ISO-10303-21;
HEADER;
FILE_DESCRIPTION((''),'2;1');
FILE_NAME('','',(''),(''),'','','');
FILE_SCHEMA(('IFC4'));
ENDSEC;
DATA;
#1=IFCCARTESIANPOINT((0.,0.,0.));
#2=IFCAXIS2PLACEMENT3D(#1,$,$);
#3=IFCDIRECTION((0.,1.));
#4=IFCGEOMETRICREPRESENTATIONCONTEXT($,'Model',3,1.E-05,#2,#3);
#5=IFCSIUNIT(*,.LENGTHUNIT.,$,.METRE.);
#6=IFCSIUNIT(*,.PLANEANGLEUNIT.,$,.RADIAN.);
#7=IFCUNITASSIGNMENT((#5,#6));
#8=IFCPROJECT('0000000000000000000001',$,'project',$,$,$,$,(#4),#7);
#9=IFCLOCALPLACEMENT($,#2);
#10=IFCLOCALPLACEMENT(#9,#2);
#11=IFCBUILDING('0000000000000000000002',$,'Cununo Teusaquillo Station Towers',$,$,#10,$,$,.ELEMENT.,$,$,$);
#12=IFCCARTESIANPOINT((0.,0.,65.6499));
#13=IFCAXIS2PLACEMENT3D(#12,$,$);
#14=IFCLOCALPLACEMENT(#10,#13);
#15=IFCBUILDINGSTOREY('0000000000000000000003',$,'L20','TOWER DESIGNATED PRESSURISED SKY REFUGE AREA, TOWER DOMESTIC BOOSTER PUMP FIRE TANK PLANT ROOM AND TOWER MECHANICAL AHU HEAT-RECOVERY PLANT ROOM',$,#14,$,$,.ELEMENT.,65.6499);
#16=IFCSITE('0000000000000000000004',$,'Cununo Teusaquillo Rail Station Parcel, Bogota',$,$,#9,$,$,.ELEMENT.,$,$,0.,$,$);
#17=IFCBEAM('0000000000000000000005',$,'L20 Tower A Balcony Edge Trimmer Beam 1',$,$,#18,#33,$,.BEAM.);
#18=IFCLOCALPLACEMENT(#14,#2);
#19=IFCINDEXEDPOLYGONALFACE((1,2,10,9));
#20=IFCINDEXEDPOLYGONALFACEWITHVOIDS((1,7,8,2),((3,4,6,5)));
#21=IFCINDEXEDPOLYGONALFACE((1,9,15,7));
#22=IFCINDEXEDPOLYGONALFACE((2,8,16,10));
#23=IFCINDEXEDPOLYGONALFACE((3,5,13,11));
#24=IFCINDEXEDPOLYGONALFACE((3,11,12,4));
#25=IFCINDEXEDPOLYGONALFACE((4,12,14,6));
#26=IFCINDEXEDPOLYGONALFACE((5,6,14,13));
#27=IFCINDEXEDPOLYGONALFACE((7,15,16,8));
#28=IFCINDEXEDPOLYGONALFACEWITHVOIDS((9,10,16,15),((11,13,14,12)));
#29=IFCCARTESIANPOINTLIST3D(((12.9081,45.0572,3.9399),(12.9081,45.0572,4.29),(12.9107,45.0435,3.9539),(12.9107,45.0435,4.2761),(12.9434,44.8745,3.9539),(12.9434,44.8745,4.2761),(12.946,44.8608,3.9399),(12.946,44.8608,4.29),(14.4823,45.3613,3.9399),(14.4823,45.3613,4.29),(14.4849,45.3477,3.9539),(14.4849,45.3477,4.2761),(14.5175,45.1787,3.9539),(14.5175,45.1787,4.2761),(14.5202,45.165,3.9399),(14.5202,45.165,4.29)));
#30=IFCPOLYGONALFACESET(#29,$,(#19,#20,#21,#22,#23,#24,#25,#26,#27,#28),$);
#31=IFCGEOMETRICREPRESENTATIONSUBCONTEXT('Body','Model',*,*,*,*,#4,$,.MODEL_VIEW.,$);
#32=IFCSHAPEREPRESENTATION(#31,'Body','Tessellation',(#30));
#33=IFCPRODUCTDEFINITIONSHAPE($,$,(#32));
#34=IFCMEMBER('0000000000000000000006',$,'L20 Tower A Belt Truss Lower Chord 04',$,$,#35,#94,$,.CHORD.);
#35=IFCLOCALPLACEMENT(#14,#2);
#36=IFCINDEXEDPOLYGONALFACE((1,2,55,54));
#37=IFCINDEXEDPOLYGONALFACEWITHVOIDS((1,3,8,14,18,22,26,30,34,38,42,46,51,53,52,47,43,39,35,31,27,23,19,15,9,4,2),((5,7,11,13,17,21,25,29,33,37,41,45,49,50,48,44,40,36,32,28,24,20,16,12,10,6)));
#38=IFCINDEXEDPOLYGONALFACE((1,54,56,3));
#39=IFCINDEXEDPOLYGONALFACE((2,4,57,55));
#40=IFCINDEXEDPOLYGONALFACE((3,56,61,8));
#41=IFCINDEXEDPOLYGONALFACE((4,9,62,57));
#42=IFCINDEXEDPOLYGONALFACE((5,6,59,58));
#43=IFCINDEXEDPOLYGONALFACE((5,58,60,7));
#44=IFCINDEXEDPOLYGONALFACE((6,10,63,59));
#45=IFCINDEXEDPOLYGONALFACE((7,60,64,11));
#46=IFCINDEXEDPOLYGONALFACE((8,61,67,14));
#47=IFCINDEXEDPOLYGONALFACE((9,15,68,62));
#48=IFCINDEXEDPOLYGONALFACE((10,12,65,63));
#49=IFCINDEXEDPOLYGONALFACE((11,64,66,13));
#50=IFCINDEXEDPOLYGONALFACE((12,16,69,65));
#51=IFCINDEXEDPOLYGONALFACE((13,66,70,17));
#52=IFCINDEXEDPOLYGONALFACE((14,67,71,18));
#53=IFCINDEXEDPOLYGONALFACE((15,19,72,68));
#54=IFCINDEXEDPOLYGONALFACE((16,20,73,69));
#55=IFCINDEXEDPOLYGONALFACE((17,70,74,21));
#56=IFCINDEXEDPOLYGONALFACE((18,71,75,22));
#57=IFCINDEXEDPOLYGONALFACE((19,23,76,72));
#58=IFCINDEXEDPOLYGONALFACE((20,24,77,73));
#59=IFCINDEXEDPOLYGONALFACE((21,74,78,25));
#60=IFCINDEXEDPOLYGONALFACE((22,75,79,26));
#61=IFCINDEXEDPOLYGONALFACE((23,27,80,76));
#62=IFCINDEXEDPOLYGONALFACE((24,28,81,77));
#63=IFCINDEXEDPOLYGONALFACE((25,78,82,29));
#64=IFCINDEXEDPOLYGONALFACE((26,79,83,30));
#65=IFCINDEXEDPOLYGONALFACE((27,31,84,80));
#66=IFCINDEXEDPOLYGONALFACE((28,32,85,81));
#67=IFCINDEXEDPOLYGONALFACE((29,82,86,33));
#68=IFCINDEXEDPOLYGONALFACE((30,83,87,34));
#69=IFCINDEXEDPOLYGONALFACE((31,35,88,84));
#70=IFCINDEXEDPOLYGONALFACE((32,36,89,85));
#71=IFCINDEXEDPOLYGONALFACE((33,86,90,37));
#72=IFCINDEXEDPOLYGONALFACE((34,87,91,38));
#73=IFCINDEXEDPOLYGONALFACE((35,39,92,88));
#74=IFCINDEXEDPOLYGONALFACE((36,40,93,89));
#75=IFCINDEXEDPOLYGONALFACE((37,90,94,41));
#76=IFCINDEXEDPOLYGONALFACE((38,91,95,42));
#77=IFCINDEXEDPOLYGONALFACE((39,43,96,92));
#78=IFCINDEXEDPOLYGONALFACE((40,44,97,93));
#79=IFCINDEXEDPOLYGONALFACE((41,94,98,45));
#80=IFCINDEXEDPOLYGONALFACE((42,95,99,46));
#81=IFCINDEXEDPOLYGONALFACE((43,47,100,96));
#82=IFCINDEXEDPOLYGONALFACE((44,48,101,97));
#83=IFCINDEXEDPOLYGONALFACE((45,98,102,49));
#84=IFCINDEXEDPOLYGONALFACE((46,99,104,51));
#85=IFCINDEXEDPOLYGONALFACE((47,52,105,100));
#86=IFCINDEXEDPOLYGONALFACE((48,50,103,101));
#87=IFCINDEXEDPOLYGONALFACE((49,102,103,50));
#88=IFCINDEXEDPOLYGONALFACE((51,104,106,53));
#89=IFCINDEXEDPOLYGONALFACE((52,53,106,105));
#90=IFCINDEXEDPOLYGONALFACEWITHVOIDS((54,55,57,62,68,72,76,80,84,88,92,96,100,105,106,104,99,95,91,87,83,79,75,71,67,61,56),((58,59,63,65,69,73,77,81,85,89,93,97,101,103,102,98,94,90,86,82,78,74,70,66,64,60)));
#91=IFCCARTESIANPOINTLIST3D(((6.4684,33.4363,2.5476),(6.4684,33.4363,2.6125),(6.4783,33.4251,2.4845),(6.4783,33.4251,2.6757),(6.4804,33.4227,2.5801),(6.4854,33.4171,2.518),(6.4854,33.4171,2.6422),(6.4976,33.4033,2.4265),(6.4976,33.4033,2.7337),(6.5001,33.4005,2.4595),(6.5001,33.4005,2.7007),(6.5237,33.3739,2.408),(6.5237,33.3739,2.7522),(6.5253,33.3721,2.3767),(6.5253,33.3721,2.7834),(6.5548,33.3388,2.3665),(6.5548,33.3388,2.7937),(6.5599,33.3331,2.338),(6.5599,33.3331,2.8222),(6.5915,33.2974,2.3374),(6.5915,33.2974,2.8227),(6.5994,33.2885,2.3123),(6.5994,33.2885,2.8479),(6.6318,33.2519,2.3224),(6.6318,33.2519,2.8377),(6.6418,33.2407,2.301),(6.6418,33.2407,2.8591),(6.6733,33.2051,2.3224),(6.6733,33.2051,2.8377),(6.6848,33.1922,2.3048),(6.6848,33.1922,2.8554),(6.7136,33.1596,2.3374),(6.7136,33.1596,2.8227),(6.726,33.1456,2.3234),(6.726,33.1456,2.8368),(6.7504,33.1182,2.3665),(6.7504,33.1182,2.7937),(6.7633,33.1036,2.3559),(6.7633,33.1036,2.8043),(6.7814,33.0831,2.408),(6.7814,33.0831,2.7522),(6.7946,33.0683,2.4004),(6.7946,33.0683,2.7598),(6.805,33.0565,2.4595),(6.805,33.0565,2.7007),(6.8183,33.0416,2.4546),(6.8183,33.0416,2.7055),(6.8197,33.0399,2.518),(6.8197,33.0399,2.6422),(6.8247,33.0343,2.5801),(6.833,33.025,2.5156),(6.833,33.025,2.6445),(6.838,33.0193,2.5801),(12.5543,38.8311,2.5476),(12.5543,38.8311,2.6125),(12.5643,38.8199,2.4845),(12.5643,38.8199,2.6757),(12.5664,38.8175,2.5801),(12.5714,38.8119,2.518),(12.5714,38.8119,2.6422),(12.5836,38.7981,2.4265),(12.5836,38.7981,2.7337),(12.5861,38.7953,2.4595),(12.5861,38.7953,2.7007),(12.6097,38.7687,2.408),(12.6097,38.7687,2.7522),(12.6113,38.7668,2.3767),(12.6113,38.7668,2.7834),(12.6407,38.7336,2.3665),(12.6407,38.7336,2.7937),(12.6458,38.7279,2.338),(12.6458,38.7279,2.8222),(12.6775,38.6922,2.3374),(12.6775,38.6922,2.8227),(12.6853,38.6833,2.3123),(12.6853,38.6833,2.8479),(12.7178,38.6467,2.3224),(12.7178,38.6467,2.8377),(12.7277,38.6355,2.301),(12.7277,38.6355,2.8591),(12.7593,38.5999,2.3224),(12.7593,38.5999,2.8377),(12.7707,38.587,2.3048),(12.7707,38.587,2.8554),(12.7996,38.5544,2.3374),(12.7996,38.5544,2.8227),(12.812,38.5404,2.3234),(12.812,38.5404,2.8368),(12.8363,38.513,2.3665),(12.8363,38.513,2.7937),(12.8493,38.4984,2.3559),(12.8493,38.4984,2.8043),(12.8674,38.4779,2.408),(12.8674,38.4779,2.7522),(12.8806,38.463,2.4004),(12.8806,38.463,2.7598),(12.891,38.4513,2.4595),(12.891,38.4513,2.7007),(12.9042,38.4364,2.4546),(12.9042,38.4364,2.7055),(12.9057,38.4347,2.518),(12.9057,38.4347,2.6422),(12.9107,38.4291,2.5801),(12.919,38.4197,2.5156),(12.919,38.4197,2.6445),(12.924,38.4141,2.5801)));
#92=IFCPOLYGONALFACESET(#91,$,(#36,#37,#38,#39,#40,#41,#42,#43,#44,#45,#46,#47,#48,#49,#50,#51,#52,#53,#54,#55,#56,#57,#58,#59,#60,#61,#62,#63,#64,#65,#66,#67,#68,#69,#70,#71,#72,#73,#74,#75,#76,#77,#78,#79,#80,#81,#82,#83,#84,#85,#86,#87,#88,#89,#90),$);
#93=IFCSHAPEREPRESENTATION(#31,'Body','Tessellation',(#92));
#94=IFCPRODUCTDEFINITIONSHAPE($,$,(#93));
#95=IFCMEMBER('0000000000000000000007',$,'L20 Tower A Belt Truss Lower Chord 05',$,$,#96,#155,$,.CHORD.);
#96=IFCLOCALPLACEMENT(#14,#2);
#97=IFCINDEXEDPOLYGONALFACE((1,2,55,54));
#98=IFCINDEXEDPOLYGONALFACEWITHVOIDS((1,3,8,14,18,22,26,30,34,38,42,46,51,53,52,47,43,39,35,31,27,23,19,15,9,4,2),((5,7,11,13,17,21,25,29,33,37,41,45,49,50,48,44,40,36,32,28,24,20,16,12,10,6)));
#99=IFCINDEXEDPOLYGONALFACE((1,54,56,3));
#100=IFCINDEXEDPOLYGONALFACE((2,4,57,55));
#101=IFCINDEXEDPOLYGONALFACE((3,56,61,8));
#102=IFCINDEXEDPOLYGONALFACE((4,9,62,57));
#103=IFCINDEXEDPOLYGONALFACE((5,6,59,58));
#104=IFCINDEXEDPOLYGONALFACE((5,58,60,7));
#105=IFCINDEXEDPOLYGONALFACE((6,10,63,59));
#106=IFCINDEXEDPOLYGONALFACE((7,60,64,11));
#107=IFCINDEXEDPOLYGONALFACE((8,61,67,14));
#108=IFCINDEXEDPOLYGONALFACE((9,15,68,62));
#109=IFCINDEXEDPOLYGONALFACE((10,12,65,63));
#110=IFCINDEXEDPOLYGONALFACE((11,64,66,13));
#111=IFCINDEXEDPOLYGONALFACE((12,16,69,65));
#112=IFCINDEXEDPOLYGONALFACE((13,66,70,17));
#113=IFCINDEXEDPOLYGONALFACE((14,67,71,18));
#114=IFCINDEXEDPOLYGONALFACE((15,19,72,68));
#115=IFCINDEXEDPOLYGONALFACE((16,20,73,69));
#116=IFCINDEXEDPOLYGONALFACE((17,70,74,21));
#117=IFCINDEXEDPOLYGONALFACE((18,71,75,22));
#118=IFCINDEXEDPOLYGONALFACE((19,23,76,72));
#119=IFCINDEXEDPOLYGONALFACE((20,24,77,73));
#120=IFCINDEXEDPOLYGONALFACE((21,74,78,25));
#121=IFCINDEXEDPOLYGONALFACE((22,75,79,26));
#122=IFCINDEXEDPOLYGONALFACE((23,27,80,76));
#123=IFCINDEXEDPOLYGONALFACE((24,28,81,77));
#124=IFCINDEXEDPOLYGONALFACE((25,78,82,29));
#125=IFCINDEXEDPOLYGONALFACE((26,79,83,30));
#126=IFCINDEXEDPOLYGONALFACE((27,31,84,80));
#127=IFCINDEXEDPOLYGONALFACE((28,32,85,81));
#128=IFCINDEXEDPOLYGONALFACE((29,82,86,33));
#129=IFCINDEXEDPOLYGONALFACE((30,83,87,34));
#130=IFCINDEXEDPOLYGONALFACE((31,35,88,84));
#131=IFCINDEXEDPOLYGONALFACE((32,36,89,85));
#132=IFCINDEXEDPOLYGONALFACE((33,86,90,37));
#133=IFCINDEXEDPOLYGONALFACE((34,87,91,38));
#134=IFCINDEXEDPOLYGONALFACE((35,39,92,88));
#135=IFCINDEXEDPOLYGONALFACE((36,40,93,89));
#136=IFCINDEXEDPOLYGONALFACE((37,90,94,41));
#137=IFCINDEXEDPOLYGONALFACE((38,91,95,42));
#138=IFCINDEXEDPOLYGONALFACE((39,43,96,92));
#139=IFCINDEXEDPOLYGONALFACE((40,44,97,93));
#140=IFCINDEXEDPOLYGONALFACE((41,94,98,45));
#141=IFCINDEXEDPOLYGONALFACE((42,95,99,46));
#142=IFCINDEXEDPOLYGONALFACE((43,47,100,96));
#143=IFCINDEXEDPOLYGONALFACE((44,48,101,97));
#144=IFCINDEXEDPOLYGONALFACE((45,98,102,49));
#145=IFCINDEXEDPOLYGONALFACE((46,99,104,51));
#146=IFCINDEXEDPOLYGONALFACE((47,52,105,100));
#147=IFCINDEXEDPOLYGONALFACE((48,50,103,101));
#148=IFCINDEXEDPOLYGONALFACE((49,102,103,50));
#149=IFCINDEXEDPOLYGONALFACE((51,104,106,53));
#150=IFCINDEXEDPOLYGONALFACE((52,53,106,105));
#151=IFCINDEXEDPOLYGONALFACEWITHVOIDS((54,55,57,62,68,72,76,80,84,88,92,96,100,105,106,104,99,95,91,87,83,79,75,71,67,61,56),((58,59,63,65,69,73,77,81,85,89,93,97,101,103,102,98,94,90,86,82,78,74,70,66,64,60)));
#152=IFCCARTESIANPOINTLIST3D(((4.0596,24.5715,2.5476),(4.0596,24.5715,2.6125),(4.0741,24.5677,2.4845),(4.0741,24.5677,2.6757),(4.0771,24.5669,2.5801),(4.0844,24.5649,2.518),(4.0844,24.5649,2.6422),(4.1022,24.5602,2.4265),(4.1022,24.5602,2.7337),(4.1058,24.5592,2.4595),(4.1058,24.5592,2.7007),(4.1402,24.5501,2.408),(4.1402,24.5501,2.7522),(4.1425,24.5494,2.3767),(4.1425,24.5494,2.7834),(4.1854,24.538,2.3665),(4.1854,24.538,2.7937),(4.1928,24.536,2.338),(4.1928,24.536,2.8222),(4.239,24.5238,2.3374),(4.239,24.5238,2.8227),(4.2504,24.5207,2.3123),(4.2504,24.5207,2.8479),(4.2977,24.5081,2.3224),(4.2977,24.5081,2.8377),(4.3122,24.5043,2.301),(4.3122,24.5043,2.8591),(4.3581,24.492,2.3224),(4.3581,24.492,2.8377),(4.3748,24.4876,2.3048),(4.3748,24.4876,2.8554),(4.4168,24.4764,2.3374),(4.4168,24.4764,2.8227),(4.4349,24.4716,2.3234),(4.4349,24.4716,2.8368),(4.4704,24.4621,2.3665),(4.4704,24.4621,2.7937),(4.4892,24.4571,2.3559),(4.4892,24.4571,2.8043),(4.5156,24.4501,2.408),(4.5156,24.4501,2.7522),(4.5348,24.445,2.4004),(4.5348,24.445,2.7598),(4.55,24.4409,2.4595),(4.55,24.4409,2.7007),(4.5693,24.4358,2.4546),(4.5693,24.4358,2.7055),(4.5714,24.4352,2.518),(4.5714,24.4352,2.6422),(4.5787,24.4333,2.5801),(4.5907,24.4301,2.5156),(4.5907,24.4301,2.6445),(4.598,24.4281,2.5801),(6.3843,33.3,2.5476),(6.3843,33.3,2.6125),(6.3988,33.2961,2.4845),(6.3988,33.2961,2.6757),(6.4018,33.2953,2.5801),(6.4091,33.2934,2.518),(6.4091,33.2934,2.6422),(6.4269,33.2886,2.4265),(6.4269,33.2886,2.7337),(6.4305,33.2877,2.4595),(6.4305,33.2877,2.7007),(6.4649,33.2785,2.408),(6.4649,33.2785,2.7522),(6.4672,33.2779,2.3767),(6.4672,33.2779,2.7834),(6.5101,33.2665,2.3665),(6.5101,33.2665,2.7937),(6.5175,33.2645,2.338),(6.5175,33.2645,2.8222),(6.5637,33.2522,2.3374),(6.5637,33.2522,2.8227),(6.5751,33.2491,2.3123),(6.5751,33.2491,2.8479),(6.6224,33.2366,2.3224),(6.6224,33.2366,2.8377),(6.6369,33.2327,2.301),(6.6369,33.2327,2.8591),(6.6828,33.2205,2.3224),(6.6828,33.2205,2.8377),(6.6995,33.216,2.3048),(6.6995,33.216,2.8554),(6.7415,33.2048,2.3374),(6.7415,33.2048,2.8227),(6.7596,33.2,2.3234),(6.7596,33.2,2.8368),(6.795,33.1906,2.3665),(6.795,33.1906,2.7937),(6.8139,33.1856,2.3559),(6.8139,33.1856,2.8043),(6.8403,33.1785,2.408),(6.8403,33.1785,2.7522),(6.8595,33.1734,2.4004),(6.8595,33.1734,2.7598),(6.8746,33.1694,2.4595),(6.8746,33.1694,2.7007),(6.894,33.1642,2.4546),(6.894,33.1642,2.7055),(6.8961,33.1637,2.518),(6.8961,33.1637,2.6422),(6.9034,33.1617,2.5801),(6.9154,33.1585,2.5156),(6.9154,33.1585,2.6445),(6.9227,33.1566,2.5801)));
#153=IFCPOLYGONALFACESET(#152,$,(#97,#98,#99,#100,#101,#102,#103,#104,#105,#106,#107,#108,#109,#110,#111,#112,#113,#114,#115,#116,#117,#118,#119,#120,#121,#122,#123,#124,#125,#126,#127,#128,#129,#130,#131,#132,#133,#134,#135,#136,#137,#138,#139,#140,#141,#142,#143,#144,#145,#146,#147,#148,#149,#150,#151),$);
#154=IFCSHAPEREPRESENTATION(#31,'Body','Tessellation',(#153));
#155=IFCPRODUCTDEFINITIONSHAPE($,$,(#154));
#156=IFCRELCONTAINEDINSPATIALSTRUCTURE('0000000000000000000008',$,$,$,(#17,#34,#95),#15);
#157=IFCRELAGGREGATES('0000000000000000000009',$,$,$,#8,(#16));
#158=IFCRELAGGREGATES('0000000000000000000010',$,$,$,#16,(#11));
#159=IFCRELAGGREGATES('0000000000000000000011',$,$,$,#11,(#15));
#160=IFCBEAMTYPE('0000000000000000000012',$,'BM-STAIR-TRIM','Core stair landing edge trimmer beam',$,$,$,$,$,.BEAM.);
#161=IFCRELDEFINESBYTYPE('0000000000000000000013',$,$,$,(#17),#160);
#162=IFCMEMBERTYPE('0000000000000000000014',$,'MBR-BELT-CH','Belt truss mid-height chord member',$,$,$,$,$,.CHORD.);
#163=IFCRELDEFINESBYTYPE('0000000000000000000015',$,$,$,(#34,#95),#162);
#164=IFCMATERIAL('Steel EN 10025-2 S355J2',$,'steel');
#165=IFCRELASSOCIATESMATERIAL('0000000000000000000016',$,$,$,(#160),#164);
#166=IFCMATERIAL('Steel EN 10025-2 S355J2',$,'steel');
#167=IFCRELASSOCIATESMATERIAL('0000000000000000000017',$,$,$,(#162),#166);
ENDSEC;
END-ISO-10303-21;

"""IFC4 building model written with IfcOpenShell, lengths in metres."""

from ifc_helpers import new_model, si_unit, direction, frame, origin, origin_2d, place, context, subcontext, project, spatial, hollow_rectangle, hollow_circle, extrude, material, material_profile, profile_set, type_object, element, save


model = new_model("IFC4")

# Units and contexts
model_context = context("Model", 3, precision=1e-05, world=origin(), true_north=direction((0.0, 1.0)))
body_context = subcontext(model_context, "Body", "Model", "MODEL_VIEW")
ifc_project = project(units=[si_unit("LENGTHUNIT", "METRE"), si_unit("PLANEANGLEUNIT", "RADIAN")], contexts=[model_context])

# Site, building, storey
site_placement = place(None, origin())
site = spatial("IfcSite", under=ifc_project, at=site_placement, Name="Cununo Teusaquillo Rail Station Parcel, Bogota", CompositionType="ELEMENT", RefElevation=0.0)
building_placement = place(site_placement, origin())
building = spatial("IfcBuilding", under=site, at=building_placement, Name="Cununo Teusaquillo Station Towers", CompositionType="ELEMENT")
storey_placement = place(building_placement, frame((0.0, 0.0, 65.6499)))
storey = spatial("IfcBuildingStorey", under=building, at=storey_placement, Name="L20", Description="TOWER DESIGNATED PRESSURISED SKY REFUGE AREA, TOWER DOMESTIC BOOSTER PUMP FIRE TANK PLANT ROOM AND TOWER MECHANICAL AHU HEAT-RECOVERY PLANT ROOM", CompositionType="ELEMENT", Elevation=65.6499)

# Beam
ifc_material_1 = material(Name="Steel EN 10025-2 S355J2", Category="steel")
ifc_material_profile_1 = material_profile(ifc_material_1, hollow_rectangle(XDim=0.2, YDim=0.3501, WallThickness=0.0139, at=origin_2d()), Name="RHS 350x200x14")
ifc_profile_set_1 = profile_set([ifc_material_profile_1], Name="Steel EN 10025-2 S355J2")
beam_type_1 = type_object("IfcBeamType", Name="BM-STAIR-TRIM", Description="Core stair landing edge trimmer beam", PredefinedType="BEAM", material=ifc_profile_set_1)
beam_1_placement = place(storey_placement, frame((14.5012, 45.2632, 4.115), z_axis=(-0.981837, -0.189728, 0.0), x_axis=(0.189728, -0.981837, 0.0)))
element("IfcBeam", 1, at=beam_1_placement, inside=storey, type_object=beam_type_1, Name="L20 Tower A Balcony Edge Trimmer Beam 1", PredefinedType="BEAM", context=body_context, shape_type="SweptSolid", body=[
    extrude(hollow_rectangle(XDim=0.2, YDim=0.3501, WallThickness=0.0139, at=origin_2d()), origin(), (0.0, 0.0, 1.0), 1.6033),
])

# Members
ifc_material_2 = material(Name="Steel EN 10025-2 S355J2", Category="steel")
ifc_material_profile_2 = material_profile(ifc_material_2, hollow_circle(Radius=0.2795, WallThickness=0.02, at=origin_2d()), Name="CHS 559x20")
ifc_profile_set_2 = profile_set([ifc_material_profile_2], Name="Steel EN 10025-2 S355J2")
member_type_1 = type_object("IfcMemberType", Name="MBR-BELT-CH", Description="Belt truss mid-height chord member", PredefinedType="CHORD", material=ifc_profile_set_2)
member_1_placement = place(storey_placement, frame((12.7385, 38.6233, 2.5801), z_axis=(-0.748321, -0.663337, 0.0), x_axis=(0.663337, -0.748321, 0.0)))
element("IfcMember", 2, at=member_1_placement, inside=storey, type_object=member_type_1, Name="L20 Tower A Belt Truss Lower Chord 04", PredefinedType="CHORD", context=body_context, shape_type="SweptSolid", body=[
    extrude(hollow_circle(Radius=0.2795, WallThickness=0.02, at=origin_2d()), origin(), (0.0, 0.0, 1.0), 8.1328),
])
member_2_placement = place(storey_placement, frame((6.6526, 33.2285, 2.5801), z_axis=(-0.257363, -0.966315, 0.0), x_axis=(0.966315, -0.257363, 0.0)))
element("IfcMember", 3, at=member_2_placement, inside=storey, type_object=member_type_1, Name="L20 Tower A Belt Truss Lower Chord 05", PredefinedType="CHORD", context=body_context, shape_type="SweptSolid", body=[
    extrude(hollow_circle(Radius=0.2795, WallThickness=0.02, at=origin_2d()), origin(), (0.0, 0.0, 1.0), 9.0327),
])

save(model, "model.ifc")
